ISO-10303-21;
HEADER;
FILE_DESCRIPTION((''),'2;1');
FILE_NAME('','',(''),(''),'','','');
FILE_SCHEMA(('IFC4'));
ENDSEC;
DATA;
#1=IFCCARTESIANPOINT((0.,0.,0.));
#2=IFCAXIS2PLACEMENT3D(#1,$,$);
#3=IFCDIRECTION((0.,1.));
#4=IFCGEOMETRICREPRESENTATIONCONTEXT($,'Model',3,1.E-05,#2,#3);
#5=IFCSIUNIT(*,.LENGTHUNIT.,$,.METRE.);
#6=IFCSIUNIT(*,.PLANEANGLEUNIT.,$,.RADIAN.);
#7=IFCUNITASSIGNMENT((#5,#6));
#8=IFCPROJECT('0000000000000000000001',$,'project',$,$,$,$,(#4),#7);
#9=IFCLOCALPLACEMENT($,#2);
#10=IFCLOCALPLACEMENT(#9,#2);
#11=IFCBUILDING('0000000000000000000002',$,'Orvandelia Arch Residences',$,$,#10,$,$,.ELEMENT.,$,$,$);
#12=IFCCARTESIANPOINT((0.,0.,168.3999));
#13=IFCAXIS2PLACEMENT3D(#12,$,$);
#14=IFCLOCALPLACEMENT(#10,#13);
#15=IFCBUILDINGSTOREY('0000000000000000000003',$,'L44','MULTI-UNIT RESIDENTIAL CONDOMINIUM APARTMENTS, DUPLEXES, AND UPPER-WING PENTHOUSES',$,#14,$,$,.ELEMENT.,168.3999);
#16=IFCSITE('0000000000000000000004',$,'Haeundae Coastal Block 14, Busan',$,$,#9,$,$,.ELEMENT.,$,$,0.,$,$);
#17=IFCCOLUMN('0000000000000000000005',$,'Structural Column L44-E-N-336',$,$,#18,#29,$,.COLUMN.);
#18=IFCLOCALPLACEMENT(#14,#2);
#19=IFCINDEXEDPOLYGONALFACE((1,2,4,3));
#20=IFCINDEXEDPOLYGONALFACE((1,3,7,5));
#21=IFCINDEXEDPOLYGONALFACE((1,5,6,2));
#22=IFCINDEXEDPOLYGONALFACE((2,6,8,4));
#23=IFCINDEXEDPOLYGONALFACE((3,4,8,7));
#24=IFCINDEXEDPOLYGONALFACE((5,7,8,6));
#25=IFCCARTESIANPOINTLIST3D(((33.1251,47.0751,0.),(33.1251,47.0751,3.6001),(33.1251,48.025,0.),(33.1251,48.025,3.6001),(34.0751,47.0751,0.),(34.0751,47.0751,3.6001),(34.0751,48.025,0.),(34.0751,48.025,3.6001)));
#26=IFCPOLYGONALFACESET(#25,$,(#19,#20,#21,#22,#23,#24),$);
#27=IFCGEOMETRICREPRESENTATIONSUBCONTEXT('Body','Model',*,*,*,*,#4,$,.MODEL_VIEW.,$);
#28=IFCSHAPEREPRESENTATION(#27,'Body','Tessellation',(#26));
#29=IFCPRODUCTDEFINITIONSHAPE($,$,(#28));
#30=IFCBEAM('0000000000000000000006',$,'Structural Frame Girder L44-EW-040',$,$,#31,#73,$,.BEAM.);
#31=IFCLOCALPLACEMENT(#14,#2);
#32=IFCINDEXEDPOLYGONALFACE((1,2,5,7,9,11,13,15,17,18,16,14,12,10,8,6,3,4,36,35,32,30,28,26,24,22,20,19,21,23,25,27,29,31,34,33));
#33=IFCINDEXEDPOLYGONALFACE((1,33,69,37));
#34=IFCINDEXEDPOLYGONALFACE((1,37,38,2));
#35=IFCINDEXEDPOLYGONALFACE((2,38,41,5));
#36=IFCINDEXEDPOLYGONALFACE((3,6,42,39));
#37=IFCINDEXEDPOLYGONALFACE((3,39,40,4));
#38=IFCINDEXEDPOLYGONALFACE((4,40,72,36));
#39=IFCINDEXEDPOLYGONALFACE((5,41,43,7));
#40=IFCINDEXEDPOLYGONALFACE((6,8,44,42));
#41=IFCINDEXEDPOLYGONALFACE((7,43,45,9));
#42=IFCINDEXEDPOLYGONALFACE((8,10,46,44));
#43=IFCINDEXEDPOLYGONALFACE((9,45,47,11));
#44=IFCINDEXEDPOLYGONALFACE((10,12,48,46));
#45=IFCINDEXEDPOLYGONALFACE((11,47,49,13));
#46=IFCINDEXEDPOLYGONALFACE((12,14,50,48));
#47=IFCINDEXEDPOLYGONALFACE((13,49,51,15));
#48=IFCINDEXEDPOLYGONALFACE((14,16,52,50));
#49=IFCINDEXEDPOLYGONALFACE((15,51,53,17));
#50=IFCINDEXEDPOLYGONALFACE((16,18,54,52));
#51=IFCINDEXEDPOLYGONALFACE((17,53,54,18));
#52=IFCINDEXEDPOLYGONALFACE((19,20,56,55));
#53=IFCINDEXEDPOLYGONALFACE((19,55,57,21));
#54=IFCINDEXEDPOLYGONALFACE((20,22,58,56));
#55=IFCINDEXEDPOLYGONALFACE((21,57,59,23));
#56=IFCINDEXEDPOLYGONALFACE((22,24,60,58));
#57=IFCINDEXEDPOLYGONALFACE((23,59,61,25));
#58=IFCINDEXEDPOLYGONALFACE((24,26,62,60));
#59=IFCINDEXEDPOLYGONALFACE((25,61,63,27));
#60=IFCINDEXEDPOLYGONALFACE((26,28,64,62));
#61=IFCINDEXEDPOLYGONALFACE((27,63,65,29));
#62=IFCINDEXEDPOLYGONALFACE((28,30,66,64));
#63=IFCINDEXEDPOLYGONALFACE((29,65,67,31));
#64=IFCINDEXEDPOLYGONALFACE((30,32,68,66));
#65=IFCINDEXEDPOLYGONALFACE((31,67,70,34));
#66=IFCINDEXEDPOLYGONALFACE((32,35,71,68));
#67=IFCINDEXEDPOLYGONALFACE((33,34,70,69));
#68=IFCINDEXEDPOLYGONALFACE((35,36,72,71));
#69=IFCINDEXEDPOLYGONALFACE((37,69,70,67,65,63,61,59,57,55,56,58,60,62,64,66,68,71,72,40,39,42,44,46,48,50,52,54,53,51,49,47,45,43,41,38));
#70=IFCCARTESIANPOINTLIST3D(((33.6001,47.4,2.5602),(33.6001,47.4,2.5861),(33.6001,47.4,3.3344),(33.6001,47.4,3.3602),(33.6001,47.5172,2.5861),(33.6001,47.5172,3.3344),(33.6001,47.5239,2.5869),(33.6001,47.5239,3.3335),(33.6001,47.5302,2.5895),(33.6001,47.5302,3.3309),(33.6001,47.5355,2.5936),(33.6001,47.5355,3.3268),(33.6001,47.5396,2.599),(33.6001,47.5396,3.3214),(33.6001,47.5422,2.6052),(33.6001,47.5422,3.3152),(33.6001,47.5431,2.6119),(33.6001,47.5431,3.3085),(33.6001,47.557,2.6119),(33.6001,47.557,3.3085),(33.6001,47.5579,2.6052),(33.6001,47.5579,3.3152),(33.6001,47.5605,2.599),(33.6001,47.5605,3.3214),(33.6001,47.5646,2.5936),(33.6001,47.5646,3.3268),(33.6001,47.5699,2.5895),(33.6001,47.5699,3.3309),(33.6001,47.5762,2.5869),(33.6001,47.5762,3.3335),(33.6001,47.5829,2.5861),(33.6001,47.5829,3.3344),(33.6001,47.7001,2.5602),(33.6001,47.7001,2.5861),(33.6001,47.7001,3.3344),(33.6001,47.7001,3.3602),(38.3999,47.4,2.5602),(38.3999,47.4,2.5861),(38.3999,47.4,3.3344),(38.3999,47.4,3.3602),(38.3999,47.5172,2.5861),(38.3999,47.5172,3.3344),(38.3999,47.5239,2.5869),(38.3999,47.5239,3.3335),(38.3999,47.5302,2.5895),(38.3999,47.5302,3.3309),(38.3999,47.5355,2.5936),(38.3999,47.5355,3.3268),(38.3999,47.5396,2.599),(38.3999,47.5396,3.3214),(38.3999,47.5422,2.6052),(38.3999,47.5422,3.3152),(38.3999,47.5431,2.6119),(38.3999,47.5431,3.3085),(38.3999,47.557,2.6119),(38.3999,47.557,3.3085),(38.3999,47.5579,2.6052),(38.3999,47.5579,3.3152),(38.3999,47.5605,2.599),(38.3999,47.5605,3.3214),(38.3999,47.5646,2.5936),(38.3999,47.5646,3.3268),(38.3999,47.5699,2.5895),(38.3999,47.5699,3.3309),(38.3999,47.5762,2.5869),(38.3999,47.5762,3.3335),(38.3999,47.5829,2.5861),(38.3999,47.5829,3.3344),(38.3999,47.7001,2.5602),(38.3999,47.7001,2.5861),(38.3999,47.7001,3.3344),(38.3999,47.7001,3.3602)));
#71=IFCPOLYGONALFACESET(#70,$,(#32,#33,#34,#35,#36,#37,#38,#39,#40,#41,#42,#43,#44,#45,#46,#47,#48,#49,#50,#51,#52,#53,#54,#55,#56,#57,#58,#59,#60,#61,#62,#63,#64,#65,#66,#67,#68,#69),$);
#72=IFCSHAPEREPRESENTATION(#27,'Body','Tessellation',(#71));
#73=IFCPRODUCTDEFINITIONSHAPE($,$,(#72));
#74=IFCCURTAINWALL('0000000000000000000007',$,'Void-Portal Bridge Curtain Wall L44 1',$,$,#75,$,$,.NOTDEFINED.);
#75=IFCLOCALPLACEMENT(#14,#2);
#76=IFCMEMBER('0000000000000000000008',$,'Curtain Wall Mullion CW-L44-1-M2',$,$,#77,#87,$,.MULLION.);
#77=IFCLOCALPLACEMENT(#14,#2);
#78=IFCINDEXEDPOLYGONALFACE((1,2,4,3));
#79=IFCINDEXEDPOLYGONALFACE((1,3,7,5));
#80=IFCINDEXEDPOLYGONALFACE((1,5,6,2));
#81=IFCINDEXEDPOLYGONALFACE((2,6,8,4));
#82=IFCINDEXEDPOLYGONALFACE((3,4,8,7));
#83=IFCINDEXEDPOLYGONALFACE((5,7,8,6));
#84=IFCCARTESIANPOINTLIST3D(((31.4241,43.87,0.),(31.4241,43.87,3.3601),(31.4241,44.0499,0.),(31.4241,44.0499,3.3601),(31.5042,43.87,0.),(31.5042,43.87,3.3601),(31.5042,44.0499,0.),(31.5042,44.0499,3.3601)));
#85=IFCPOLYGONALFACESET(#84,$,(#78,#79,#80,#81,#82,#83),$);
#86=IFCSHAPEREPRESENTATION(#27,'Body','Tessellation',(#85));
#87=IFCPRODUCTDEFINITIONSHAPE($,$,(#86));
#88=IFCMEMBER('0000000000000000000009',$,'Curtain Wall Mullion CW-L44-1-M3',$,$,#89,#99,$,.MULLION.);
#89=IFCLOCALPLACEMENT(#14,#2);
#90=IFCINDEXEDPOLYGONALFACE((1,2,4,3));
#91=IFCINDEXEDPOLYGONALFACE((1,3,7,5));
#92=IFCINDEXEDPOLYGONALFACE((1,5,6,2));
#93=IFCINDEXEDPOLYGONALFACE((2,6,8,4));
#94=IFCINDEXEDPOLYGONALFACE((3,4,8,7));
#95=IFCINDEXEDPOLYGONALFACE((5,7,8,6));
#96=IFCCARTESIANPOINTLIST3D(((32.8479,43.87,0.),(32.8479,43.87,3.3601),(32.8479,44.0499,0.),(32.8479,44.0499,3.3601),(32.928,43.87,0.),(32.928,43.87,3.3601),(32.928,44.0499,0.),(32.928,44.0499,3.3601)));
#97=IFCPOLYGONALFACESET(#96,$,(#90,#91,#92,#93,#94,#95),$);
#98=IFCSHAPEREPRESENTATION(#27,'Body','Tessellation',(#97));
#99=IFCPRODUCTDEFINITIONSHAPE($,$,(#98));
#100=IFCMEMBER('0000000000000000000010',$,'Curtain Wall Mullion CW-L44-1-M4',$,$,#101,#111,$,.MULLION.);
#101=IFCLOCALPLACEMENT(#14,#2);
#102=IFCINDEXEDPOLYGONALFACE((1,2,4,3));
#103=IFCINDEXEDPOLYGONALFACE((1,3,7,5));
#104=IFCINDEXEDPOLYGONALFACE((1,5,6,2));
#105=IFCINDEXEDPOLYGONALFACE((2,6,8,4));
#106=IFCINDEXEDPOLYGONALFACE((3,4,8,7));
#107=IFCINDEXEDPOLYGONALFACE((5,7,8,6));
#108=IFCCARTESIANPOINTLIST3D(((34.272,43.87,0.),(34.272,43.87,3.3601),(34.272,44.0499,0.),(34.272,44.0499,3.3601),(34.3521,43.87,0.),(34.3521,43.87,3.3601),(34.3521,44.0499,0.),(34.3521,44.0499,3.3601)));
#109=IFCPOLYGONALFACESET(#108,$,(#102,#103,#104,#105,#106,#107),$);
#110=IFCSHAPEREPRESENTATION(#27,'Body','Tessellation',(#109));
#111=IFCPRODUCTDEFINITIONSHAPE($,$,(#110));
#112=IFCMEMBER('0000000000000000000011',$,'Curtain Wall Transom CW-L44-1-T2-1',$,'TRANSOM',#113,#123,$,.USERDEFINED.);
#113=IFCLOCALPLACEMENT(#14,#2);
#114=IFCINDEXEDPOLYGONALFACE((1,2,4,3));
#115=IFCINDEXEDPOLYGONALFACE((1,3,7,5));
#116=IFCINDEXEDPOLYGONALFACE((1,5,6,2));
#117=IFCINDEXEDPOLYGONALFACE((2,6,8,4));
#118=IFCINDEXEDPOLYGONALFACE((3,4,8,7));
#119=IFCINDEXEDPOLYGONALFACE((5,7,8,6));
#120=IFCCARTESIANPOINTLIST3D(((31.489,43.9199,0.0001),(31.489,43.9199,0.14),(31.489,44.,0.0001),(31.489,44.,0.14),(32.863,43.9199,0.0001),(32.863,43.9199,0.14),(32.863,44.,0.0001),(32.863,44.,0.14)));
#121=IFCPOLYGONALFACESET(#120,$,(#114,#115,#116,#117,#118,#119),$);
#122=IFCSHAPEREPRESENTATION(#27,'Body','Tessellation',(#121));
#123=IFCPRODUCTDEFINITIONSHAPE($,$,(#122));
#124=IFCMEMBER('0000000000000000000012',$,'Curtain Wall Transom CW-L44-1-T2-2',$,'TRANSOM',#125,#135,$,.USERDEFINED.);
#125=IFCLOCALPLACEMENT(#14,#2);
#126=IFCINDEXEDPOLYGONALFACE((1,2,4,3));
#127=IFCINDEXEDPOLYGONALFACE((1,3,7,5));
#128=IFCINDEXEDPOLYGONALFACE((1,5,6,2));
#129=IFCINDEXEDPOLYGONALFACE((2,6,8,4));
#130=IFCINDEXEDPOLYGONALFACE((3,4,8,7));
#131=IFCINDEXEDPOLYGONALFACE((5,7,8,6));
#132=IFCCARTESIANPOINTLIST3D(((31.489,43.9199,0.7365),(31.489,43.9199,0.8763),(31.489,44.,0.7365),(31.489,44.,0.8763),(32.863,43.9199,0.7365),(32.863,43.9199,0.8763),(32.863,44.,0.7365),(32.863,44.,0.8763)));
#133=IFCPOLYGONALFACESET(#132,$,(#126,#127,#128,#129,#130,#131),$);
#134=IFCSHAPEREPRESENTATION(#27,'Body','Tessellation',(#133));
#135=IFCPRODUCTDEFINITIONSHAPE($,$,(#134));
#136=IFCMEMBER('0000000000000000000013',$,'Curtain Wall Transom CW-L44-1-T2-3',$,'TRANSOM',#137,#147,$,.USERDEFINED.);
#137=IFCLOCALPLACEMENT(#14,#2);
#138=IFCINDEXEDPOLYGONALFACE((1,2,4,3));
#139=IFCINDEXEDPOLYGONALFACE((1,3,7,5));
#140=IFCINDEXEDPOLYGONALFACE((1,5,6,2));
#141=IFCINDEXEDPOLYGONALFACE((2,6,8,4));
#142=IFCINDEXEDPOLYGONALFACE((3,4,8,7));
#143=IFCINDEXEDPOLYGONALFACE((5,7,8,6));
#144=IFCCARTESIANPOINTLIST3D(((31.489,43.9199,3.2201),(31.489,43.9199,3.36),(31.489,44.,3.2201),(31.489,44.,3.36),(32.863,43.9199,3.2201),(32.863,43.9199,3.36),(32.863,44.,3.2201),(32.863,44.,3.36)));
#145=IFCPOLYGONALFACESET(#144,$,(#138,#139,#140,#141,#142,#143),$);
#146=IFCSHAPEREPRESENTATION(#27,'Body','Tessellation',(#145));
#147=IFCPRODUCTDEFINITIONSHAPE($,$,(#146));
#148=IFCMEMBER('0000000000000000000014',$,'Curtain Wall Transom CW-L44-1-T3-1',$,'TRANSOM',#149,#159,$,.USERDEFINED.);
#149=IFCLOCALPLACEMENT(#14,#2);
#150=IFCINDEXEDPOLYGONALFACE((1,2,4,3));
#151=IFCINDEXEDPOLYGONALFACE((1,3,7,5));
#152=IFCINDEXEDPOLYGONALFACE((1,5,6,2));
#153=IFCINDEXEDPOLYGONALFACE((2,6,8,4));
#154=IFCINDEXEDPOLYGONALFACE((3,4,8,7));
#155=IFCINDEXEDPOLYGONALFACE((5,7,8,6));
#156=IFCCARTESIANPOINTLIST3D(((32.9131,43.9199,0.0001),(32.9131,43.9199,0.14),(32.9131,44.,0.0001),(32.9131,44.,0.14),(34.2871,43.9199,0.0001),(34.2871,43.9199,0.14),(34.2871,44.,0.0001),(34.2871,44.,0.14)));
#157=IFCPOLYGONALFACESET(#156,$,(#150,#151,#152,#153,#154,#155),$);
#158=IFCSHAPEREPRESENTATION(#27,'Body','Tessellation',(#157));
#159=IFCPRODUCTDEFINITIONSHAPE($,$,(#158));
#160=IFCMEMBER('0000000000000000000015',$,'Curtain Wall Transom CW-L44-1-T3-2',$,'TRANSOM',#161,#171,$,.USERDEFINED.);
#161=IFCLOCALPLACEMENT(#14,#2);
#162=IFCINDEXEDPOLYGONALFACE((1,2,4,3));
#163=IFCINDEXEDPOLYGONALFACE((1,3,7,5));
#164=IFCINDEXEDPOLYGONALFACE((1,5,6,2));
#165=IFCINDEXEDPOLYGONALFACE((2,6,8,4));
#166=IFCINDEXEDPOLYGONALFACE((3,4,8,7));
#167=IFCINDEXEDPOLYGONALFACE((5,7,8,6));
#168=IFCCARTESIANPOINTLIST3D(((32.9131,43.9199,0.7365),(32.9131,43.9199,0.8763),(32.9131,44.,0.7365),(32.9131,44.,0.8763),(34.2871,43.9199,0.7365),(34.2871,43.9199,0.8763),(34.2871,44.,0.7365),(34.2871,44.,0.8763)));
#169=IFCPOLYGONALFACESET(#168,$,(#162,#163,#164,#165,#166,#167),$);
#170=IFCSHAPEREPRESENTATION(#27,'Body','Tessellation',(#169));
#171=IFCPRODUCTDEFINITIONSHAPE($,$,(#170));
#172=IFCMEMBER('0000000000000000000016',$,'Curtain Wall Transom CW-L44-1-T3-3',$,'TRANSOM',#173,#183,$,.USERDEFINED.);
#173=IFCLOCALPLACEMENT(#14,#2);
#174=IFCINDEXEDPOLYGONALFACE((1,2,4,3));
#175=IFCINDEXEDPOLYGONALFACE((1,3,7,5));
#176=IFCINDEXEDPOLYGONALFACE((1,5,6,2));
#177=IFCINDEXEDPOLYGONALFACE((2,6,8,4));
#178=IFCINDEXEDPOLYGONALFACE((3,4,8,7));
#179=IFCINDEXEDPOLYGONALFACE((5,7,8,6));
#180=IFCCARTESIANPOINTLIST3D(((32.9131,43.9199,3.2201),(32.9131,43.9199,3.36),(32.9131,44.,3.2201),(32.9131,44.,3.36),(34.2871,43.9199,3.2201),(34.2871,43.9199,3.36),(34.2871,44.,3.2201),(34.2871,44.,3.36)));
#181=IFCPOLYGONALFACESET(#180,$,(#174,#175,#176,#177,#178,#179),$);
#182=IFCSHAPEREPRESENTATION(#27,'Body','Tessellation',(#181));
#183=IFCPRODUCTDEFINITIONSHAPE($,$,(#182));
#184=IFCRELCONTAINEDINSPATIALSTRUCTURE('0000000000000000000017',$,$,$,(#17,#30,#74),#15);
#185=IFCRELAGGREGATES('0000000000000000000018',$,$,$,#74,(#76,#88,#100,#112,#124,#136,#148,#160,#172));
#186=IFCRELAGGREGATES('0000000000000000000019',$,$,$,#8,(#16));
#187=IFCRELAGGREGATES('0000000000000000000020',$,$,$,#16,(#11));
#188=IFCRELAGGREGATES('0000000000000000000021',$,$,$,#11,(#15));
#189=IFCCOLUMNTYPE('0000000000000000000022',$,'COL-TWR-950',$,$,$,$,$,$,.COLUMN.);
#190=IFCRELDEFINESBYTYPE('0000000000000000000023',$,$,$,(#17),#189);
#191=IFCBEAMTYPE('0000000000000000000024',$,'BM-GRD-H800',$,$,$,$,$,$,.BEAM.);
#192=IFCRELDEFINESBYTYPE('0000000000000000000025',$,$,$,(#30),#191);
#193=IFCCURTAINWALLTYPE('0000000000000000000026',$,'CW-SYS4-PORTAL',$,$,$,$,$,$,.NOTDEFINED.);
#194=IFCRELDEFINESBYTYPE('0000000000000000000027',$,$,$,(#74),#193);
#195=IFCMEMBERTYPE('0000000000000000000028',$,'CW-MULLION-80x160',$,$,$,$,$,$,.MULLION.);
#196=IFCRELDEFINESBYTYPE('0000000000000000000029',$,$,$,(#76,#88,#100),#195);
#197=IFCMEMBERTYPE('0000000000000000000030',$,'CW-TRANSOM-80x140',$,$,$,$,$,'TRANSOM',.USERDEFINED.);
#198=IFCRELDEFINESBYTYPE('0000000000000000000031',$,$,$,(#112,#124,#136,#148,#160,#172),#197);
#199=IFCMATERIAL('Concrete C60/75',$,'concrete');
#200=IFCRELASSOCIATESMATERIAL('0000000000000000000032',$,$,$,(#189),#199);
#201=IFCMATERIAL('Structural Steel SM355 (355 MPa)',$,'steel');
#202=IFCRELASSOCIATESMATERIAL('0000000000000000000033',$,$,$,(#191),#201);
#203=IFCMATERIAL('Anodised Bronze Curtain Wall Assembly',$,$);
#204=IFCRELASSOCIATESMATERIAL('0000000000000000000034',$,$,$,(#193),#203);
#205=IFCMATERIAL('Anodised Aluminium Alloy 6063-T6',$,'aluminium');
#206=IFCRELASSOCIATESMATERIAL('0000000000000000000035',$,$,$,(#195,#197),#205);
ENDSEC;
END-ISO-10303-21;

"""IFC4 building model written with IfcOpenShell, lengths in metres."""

from ifc_helpers import new_model, si_unit, direction, frame, origin, origin_2d, place, context, subcontext, project, spatial, rectangle, i_section, extrude, material, material_profile, profile_set, type_object, element, aggregate, save


model = new_model("IFC4")

# Units and contexts
model_context = context("Model", 3, precision=1e-05, world=origin(), true_north=direction((0.0, 1.0)))
body_context = subcontext(model_context, "Body", "Model", "MODEL_VIEW")
ifc_project = project(units=[si_unit("LENGTHUNIT", "METRE"), si_unit("PLANEANGLEUNIT", "RADIAN")], contexts=[model_context])

# Site, building, storey
site_placement = place(None, origin())
site = spatial("IfcSite", under=ifc_project, at=site_placement, Name="Haeundae Coastal Block 14, Busan", CompositionType="ELEMENT", RefElevation=0.0)
building_placement = place(site_placement, origin())
building = spatial("IfcBuilding", under=site, at=building_placement, Name="Orvandelia Arch Residences", CompositionType="ELEMENT")
storey_placement = place(building_placement, frame((0.0, 0.0, 168.3999)))
storey = spatial("IfcBuildingStorey", under=building, at=storey_placement, Name="L44", Description="MULTI-UNIT RESIDENTIAL CONDOMINIUM APARTMENTS, DUPLEXES, AND UPPER-WING PENTHOUSES", CompositionType="ELEMENT", Elevation=168.3999)

# Column
ifc_material_1 = material(Name="Concrete C60/75", Category="concrete")
ifc_material_profile_1 = material_profile(ifc_material_1, rectangle(XDim=0.95, YDim=0.95, at=origin_2d()), Name="Concrete C60/75", Category="concrete")
ifc_profile_set_1 = profile_set([ifc_material_profile_1], Name="Concrete C60/75")
column_type = type_object("IfcColumnType", Name="COL-TWR-950", PredefinedType="COLUMN", material=ifc_profile_set_1)
column_placement = place(storey_placement, frame((33.6001, 47.55, 0.0), z_axis=(0.0, 0.0, 1.0), x_axis=(1.0, 0.0, 0.0)))
element("IfcColumn", 1, at=column_placement, inside=storey, type_object=column_type, Name="Structural Column L44-E-N-336", PredefinedType="COLUMN", context=body_context, shape_type="SweptSolid", body=[
    extrude(rectangle(XDim=0.95, YDim=0.95, at=origin_2d()), origin(), (0.0, 0.0, 1.0), 3.6001),
])

# Beam
ifc_material_2 = material(Name="Structural Steel SM355 (355 MPa)", Category="steel")
ifc_material_profile_2 = material_profile(ifc_material_2, i_section(OverallWidth=0.3, OverallDepth=0.8, WebThickness=0.0139, FlangeThickness=0.0259, FilletRadius=0.0259, at=origin_2d()), Name="Structural Steel SM355 (355 MPa)", Category="steel")
ifc_profile_set_2 = profile_set([ifc_material_profile_2], Name="Structural Steel SM355 (355 MPa)")
beam_type = type_object("IfcBeamType", Name="BM-GRD-H800", PredefinedType="BEAM", material=ifc_profile_set_2)
beam_placement = place(storey_placement, frame((33.6001, 47.55, 2.9602), z_axis=(1.0, 0.0, 0.0), x_axis=(0.0, 1.0, 0.0)))
element("IfcBeam", 2, at=beam_placement, inside=storey, type_object=beam_type, Name="Structural Frame Girder L44-EW-040", PredefinedType="BEAM", context=body_context, shape_type="SweptSolid", body=[
    extrude(i_section(OverallWidth=0.3, OverallDepth=0.8, WebThickness=0.0139, FlangeThickness=0.0259, FilletRadius=0.0259, at=origin_2d()), origin(), (0.0, 0.0, 1.0), 4.7998),
])

# Curtain wall, members
ifc_material_3 = material(Name="Anodised Bronze Curtain Wall Assembly")
curtain_wall_type = type_object("IfcCurtainWallType", Name="CW-SYS4-PORTAL", PredefinedType="NOTDEFINED", material=ifc_material_3)
curtain_wall_placement = place(storey_placement, origin())
curtain_wall = element("IfcCurtainWall", 3, at=curtain_wall_placement, inside=storey, type_object=curtain_wall_type, Name="Void-Portal Bridge Curtain Wall L44 1", PredefinedType="NOTDEFINED")
ifc_material_4 = material(Name="Anodised Aluminium Alloy 6063-T6", Category="aluminium")
ifc_material_profile_3 = material_profile(ifc_material_4, rectangle(XDim=0.0801, YDim=0.1799, at=origin_2d()), Name="Anodised Aluminium Alloy 6063-T6", Category="aluminium")
ifc_profile_set_3 = profile_set([ifc_material_profile_3], Name="Anodised Aluminium Alloy 6063-T6")
member_type_1 = type_object("IfcMemberType", Name="CW-MULLION-80x160", PredefinedType="MULLION", material=ifc_profile_set_3)
member_1_placement = place(storey_placement, frame((31.4641, 43.96, 0.0), z_axis=(0.0, 0.0, 1.0), x_axis=(1.0, 0.0, 0.0)))
member_1 = element("IfcMember", 4, at=member_1_placement, type_object=member_type_1, Name="Curtain Wall Mullion CW-L44-1-M2", PredefinedType="MULLION", context=body_context, shape_type="SweptSolid", body=[
    extrude(rectangle(XDim=0.0801, YDim=0.1799, at=origin_2d()), origin(), (0.0, 0.0, 1.0), 3.3601),
])
member_2_placement = place(storey_placement, frame((32.8879, 43.96, 0.0), z_axis=(0.0, 0.0, 1.0), x_axis=(1.0, 0.0, 0.0)))
member_2 = element("IfcMember", 5, at=member_2_placement, type_object=member_type_1, Name="Curtain Wall Mullion CW-L44-1-M3", PredefinedType="MULLION", context=body_context, shape_type="SweptSolid", body=[
    extrude(rectangle(XDim=0.0801, YDim=0.1799, at=origin_2d()), origin(), (0.0, 0.0, 1.0), 3.3601),
])
member_3_placement = place(storey_placement, frame((34.312, 43.96, 0.0), z_axis=(0.0, 0.0, 1.0), x_axis=(1.0, 0.0, 0.0)))
member_3 = element("IfcMember", 6, at=member_3_placement, type_object=member_type_1, Name="Curtain Wall Mullion CW-L44-1-M4", PredefinedType="MULLION", context=body_context, shape_type="SweptSolid", body=[
    extrude(rectangle(XDim=0.0801, YDim=0.1799, at=origin_2d()), origin(), (0.0, 0.0, 1.0), 3.3601),
])
ifc_material_profile_4 = material_profile(ifc_material_4, rectangle(XDim=0.0801, YDim=0.1399, at=origin_2d()), Name="Anodised Aluminium Alloy 6063-T6", Category="aluminium")
ifc_profile_set_4 = profile_set([ifc_material_profile_4], Name="Anodised Aluminium Alloy 6063-T6")
member_type_2 = type_object("IfcMemberType", Name="CW-TRANSOM-80x140", ElementType="TRANSOM", PredefinedType="USERDEFINED", material=ifc_profile_set_4)
member_4_placement = place(storey_placement, frame((31.489, 43.96, 0.0701), z_axis=(1.0, 0.0, 0.0), x_axis=(0.0, 1.0, 0.0)))
member_4 = element("IfcMember", 7, at=member_4_placement, type_object=member_type_2, Name="Curtain Wall Transom CW-L44-1-T2-1", ObjectType="TRANSOM", PredefinedType="USERDEFINED", context=body_context, shape_type="SweptSolid", body=[
    extrude(rectangle(XDim=0.0801, YDim=0.1399, at=origin_2d()), origin(), (0.0, 0.0, 1.0), 1.374),
])
member_5_placement = place(storey_placement, frame((31.489, 43.96, 0.8064), z_axis=(1.0, 0.0, 0.0), x_axis=(0.0, 1.0, 0.0)))
member_5 = element("IfcMember", 8, at=member_5_placement, type_object=member_type_2, Name="Curtain Wall Transom CW-L44-1-T2-2", ObjectType="TRANSOM", PredefinedType="USERDEFINED", context=body_context, shape_type="SweptSolid", body=[
    extrude(rectangle(XDim=0.0801, YDim=0.1399, at=origin_2d()), origin(), (0.0, 0.0, 1.0), 1.374),
])
member_6_placement = place(storey_placement, frame((31.489, 43.96, 3.29), z_axis=(1.0, 0.0, 0.0), x_axis=(0.0, 1.0, 0.0)))
member_6 = element("IfcMember", 9, at=member_6_placement, type_object=member_type_2, Name="Curtain Wall Transom CW-L44-1-T2-3", ObjectType="TRANSOM", PredefinedType="USERDEFINED", context=body_context, shape_type="SweptSolid", body=[
    extrude(rectangle(XDim=0.0801, YDim=0.1399, at=origin_2d()), origin(), (0.0, 0.0, 1.0), 1.374),
])
member_7_placement = place(storey_placement, frame((32.9131, 43.96, 0.0701), z_axis=(1.0, 0.0, 0.0), x_axis=(0.0, 1.0, 0.0)))
member_7 = element("IfcMember", 10, at=member_7_placement, type_object=member_type_2, Name="Curtain Wall Transom CW-L44-1-T3-1", ObjectType="TRANSOM", PredefinedType="USERDEFINED", context=body_context, shape_type="SweptSolid", body=[
    extrude(rectangle(XDim=0.0801, YDim=0.1399, at=origin_2d()), origin(), (0.0, 0.0, 1.0), 1.374),
])
member_8_placement = place(storey_placement, frame((32.9131, 43.96, 0.8064), z_axis=(1.0, 0.0, 0.0), x_axis=(0.0, 1.0, 0.0)))
member_8 = element("IfcMember", 11, at=member_8_placement, type_object=member_type_2, Name="Curtain Wall Transom CW-L44-1-T3-2", ObjectType="TRANSOM", PredefinedType="USERDEFINED", context=body_context, shape_type="SweptSolid", body=[
    extrude(rectangle(XDim=0.0801, YDim=0.1399, at=origin_2d()), origin(), (0.0, 0.0, 1.0), 1.374),
])
member_9_placement = place(storey_placement, frame((32.9131, 43.96, 3.29), z_axis=(1.0, 0.0, 0.0), x_axis=(0.0, 1.0, 0.0)))
member_9 = element("IfcMember", 12, at=member_9_placement, type_object=member_type_2, Name="Curtain Wall Transom CW-L44-1-T3-3", ObjectType="TRANSOM", PredefinedType="USERDEFINED", context=body_context, shape_type="SweptSolid", body=[
    extrude(rectangle(XDim=0.0801, YDim=0.1399, at=origin_2d()), origin(), (0.0, 0.0, 1.0), 1.374),
])
aggregate(curtain_wall, [member_1, member_2, member_3, member_4, member_5, member_6, member_7, member_8, member_9])

save(model, "model.ifc")
